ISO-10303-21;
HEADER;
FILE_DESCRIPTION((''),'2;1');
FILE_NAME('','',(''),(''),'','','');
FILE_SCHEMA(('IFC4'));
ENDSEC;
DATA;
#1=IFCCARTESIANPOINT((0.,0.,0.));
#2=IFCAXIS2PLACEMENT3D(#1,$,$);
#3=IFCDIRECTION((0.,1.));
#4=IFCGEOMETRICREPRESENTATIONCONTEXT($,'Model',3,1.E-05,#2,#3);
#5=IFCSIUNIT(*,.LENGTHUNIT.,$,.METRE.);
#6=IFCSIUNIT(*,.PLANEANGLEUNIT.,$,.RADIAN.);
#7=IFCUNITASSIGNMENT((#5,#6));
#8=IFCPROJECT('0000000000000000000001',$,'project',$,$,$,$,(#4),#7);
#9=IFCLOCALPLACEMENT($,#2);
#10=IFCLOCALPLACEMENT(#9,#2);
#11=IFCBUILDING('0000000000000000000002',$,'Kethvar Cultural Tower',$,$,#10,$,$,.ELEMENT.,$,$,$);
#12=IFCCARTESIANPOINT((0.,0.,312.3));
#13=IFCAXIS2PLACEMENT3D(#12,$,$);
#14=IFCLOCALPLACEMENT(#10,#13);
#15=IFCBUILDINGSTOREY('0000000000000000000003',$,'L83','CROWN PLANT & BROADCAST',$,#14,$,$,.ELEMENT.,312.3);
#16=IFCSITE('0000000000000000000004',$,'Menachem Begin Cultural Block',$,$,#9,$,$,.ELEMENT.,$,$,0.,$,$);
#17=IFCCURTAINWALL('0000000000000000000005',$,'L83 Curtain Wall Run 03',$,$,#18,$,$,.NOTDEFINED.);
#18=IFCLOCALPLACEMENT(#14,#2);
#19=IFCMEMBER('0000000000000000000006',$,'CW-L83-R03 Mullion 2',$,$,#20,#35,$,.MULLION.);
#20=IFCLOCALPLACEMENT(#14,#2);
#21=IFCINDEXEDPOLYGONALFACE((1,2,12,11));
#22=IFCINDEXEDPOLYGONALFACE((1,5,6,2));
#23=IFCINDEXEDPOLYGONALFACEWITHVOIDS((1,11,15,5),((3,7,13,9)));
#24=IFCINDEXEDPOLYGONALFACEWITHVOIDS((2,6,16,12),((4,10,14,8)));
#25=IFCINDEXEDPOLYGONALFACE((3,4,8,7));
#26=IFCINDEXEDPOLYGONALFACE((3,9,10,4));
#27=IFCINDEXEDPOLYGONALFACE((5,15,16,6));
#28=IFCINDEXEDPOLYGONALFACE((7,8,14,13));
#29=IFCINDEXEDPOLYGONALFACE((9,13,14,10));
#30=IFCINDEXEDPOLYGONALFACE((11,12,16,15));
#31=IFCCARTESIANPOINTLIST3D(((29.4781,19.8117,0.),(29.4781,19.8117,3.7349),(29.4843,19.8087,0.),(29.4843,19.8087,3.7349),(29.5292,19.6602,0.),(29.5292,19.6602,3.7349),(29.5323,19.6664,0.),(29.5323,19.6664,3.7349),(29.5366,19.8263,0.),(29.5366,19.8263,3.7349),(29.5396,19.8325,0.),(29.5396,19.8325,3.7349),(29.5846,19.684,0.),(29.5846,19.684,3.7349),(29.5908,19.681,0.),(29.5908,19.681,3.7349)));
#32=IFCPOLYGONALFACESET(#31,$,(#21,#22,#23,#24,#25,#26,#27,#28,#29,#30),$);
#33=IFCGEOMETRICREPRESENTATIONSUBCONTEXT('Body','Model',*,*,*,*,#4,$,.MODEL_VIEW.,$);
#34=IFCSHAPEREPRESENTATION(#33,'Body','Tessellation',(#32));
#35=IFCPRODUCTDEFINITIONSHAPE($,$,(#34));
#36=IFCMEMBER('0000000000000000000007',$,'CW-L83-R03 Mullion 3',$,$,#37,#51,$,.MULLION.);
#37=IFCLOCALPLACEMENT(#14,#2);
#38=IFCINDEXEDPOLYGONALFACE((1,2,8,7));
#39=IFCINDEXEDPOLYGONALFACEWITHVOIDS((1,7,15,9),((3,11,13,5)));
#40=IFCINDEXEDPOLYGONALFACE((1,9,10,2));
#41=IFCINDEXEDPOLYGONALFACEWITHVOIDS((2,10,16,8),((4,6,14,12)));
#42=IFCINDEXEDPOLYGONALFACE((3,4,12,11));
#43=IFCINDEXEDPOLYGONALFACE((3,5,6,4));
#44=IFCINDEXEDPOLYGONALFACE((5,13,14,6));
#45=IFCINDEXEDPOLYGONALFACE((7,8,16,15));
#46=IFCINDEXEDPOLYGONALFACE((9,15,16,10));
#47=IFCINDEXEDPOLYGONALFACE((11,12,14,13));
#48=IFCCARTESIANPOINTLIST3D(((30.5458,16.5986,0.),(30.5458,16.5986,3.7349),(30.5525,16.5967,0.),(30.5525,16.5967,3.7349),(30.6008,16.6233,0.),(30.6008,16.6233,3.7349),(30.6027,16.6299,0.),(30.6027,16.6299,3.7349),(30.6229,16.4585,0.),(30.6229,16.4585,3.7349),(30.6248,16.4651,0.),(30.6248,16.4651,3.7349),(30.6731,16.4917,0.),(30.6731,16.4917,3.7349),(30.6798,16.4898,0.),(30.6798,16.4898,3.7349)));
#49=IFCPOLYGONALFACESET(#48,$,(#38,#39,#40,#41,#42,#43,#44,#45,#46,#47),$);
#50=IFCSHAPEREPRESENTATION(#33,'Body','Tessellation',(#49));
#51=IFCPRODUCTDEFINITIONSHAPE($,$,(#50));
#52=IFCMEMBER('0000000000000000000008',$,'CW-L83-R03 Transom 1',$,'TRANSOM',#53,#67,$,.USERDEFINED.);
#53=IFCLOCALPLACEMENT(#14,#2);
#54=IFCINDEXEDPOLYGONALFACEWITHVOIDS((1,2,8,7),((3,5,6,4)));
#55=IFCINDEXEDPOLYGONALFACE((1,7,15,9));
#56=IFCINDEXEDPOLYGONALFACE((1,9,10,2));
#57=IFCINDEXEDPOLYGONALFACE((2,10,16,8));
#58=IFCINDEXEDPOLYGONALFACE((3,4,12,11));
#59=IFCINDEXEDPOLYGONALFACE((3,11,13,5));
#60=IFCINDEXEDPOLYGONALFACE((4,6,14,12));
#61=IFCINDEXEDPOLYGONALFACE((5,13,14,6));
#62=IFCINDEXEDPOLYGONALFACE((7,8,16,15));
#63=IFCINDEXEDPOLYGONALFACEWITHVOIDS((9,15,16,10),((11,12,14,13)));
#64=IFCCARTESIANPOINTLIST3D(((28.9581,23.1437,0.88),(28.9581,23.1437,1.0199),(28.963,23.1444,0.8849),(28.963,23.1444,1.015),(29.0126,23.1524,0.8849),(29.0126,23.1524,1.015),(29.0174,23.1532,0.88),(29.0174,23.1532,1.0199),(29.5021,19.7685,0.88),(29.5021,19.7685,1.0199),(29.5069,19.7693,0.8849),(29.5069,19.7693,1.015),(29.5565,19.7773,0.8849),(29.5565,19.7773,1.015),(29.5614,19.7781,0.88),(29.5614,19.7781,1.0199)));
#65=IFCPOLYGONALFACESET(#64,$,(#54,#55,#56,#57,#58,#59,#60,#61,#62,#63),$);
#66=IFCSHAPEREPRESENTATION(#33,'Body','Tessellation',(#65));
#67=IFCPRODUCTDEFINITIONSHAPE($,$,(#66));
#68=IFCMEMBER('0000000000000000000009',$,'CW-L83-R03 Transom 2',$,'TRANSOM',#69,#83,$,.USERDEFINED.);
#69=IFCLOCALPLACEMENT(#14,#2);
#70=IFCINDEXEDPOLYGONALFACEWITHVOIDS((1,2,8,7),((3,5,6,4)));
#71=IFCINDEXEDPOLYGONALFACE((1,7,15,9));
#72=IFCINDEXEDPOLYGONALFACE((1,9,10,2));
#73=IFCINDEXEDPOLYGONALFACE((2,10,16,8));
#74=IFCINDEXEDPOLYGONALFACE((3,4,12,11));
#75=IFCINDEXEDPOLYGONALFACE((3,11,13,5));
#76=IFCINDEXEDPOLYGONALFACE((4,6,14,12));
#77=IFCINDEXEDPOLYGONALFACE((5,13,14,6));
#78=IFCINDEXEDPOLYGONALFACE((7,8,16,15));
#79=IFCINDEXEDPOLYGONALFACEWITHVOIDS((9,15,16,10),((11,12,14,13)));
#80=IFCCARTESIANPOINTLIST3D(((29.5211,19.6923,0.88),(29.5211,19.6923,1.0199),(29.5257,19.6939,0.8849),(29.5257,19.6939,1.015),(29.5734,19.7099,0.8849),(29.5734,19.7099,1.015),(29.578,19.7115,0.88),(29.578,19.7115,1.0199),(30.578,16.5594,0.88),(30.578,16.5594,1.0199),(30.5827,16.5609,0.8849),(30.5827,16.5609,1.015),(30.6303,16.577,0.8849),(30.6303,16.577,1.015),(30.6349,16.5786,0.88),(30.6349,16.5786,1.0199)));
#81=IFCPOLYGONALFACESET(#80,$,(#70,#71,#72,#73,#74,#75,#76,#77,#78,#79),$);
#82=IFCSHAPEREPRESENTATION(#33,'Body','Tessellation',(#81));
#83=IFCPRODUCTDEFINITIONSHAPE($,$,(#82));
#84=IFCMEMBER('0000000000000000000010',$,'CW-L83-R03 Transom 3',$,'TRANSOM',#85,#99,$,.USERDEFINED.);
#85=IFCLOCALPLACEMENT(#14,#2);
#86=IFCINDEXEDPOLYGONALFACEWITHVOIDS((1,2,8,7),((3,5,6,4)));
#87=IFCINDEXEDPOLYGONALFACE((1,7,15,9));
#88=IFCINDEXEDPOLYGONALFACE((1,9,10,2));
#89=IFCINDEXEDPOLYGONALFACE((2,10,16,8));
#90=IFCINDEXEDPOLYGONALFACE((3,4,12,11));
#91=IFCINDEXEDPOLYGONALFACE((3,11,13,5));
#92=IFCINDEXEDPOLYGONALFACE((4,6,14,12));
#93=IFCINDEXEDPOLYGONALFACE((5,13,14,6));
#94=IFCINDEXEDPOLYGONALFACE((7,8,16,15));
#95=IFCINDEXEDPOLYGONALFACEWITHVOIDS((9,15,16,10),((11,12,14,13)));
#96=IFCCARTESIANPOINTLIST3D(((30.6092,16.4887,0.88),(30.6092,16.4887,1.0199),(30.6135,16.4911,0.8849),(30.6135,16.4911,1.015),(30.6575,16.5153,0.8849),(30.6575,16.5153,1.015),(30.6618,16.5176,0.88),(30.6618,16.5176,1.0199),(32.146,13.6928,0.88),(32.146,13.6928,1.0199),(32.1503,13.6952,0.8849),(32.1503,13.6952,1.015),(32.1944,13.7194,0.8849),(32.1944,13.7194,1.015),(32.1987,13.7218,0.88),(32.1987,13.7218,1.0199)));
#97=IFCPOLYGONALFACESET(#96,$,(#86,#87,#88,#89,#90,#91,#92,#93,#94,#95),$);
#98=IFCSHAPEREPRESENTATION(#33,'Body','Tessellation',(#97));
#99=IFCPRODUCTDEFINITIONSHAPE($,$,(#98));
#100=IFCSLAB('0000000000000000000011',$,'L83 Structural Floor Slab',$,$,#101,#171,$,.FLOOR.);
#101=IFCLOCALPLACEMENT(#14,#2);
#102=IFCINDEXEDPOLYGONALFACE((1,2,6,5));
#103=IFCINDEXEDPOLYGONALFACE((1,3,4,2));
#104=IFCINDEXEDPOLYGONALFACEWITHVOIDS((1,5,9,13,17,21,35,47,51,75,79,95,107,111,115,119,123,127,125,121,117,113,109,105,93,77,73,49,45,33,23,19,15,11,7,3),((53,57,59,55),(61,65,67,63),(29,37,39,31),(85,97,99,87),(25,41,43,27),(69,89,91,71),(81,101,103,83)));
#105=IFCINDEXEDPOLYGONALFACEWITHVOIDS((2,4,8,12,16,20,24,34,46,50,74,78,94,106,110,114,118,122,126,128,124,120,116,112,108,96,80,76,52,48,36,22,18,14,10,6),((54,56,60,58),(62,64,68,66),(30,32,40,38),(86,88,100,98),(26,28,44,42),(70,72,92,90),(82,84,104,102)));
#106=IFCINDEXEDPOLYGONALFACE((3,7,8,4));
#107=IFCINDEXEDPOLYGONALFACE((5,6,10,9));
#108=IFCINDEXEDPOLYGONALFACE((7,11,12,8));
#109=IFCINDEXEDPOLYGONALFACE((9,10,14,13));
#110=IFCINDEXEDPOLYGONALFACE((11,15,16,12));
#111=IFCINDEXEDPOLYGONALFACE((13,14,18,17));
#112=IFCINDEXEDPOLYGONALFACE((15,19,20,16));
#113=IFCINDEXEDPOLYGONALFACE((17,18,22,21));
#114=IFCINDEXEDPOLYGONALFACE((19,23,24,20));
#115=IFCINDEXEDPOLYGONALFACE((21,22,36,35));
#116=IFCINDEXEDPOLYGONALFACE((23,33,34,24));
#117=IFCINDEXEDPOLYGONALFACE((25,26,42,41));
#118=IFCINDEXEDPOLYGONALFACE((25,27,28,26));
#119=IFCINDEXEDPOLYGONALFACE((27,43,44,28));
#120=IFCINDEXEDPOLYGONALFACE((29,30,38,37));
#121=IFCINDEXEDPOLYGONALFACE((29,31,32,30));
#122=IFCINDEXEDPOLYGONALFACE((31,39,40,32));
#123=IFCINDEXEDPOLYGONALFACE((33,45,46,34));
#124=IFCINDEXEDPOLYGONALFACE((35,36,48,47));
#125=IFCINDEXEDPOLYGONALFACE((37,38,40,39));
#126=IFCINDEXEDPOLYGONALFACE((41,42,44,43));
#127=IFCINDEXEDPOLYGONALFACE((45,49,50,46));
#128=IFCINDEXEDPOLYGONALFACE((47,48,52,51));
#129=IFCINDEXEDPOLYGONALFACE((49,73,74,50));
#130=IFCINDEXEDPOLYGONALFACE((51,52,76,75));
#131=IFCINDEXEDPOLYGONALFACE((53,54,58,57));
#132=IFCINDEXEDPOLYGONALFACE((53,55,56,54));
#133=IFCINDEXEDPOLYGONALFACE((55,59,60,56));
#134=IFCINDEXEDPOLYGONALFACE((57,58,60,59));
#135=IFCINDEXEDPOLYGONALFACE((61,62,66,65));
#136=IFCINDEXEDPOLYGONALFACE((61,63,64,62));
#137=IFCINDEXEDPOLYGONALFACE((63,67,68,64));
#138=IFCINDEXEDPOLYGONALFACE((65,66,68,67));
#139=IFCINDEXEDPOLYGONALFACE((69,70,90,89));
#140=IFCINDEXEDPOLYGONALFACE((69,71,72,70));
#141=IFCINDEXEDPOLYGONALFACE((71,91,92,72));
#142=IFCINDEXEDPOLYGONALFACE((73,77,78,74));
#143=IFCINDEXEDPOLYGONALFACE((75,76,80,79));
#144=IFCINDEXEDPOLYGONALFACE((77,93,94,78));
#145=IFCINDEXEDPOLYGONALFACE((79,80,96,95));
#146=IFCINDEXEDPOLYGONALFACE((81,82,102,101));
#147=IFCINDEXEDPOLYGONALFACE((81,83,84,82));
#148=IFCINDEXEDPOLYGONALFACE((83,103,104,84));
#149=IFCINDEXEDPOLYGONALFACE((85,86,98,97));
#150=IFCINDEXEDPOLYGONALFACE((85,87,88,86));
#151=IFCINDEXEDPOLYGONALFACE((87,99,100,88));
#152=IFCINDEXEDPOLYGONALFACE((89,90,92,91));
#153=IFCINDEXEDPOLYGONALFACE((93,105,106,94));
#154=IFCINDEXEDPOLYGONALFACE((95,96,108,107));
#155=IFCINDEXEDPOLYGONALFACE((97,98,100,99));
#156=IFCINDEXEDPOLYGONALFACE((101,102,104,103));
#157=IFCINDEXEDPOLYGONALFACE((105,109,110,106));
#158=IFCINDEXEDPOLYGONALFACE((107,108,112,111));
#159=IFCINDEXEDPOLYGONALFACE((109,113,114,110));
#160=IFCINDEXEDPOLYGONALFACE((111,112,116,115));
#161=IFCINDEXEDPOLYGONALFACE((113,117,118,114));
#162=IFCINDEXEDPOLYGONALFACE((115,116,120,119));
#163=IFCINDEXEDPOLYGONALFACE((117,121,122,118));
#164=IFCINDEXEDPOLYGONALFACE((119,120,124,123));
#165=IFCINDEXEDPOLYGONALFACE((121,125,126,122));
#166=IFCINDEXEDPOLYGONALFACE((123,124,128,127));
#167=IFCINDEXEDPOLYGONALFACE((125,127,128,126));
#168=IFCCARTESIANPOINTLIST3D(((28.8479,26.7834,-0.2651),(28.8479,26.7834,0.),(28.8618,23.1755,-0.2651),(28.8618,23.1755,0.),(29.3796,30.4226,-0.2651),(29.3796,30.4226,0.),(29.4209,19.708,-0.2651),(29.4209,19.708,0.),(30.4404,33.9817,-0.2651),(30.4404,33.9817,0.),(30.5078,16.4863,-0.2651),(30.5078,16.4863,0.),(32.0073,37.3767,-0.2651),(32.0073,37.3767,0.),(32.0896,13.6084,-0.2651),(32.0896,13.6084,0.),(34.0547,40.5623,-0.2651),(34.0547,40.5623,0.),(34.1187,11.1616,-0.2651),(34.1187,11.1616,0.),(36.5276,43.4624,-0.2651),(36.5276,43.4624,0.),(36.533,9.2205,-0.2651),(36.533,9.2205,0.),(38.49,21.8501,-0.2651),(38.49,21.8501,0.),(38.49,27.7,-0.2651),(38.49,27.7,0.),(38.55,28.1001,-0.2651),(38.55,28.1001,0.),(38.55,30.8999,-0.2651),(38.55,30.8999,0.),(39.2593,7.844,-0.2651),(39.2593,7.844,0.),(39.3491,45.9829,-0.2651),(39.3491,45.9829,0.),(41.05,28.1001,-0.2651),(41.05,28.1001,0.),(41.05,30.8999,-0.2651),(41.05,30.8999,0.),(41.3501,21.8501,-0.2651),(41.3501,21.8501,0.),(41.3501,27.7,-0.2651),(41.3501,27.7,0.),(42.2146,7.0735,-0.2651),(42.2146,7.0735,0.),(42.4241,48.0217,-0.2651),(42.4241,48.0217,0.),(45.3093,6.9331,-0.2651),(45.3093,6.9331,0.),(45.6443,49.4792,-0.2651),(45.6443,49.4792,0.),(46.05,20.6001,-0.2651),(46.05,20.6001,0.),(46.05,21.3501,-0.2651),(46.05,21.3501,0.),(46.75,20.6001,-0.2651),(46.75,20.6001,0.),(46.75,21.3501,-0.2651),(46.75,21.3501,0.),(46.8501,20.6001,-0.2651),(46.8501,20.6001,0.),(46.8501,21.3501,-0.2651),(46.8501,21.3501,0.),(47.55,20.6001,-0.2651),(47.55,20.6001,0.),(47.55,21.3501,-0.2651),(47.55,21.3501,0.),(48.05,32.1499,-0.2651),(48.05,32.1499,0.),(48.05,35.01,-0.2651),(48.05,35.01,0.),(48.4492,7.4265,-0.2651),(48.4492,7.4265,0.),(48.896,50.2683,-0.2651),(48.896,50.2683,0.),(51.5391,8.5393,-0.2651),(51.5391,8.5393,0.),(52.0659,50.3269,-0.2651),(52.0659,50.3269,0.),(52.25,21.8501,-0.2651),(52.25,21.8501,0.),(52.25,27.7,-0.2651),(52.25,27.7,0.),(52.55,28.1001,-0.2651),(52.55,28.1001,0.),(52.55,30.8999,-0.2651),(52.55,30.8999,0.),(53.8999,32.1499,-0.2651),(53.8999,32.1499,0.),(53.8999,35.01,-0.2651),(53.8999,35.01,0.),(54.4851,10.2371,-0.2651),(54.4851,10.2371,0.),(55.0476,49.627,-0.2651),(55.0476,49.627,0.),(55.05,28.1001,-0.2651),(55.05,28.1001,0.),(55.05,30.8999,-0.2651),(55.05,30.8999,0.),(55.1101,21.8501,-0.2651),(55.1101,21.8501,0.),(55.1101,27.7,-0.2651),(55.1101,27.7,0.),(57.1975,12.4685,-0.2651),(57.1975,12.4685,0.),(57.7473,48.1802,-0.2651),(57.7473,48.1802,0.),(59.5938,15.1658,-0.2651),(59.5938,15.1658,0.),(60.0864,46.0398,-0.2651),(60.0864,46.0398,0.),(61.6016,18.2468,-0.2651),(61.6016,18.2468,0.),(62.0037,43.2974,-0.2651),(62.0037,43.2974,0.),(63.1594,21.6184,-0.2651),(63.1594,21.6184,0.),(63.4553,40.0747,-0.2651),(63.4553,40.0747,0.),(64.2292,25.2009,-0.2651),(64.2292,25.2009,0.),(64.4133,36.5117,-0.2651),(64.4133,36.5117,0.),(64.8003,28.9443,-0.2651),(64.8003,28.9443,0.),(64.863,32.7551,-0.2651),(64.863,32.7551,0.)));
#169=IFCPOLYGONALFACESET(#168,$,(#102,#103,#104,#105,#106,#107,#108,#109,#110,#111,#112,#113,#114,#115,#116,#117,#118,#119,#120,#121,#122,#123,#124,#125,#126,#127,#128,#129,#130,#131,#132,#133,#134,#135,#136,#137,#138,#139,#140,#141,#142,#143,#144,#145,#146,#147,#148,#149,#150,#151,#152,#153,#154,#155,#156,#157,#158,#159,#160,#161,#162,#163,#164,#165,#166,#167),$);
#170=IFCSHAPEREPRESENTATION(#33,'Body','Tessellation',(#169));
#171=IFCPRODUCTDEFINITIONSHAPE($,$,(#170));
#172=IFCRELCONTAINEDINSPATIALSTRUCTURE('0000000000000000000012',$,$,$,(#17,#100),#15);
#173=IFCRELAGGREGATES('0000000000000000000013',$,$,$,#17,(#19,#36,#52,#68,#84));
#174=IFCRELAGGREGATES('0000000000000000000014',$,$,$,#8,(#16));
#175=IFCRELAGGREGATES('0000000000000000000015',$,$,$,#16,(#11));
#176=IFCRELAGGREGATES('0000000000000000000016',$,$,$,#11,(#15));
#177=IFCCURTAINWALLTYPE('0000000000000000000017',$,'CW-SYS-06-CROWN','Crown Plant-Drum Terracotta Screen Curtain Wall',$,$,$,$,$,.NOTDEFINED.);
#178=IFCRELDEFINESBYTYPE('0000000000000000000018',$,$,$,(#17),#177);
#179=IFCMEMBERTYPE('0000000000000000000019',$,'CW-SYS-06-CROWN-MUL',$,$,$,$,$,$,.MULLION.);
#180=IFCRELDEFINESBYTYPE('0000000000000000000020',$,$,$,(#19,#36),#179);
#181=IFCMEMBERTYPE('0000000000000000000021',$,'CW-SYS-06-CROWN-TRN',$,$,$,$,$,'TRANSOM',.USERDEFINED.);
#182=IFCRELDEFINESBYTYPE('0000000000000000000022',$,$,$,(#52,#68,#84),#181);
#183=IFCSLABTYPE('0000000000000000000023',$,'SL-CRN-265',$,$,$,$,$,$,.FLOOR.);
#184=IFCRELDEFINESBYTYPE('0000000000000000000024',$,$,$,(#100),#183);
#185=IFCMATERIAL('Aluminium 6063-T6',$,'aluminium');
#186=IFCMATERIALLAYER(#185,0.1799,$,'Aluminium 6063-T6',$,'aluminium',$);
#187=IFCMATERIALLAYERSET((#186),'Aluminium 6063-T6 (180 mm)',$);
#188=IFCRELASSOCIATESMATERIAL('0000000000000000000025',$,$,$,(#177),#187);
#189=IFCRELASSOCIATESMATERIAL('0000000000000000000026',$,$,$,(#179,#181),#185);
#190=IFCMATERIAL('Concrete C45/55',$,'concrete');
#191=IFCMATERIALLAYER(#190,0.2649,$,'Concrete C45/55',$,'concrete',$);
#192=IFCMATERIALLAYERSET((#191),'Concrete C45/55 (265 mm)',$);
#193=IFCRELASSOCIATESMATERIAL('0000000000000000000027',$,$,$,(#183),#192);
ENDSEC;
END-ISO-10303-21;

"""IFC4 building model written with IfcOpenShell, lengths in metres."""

from ifc_helpers import new_model, si_unit, direction, frame, origin, origin_2d, place, context, subcontext, project, spatial, polyline, hollow_rectangle, outline, extrude, source, transform, mapped, material, layer, layer_set, material_profile, profile_set, type_object, element, aggregate, save


model = new_model("IFC4")

# Units and contexts
model_context = context("Model", 3, precision=1e-05, world=origin(), true_north=direction((0.0, 1.0)))
body_context = subcontext(model_context, "Body", "Model", "MODEL_VIEW")
ifc_project = project(units=[si_unit("LENGTHUNIT", "METRE"), si_unit("PLANEANGLEUNIT", "RADIAN")], contexts=[model_context])

# Site, building, storey
site_placement = place(None, origin())
site = spatial("IfcSite", under=ifc_project, at=site_placement, Name="Menachem Begin Cultural Block", CompositionType="ELEMENT", RefElevation=0.0)
building_placement = place(site_placement, origin())
building = spatial("IfcBuilding", under=site, at=building_placement, Name="Kethvar Cultural Tower", CompositionType="ELEMENT")
storey_placement = place(building_placement, frame((0.0, 0.0, 312.3)))
storey = spatial("IfcBuildingStorey", under=building, at=storey_placement, Name="L83", Description="CROWN PLANT & BROADCAST", CompositionType="ELEMENT", Elevation=312.3)

# Shared definitions
ifc_material_1 = material(Name="Aluminium 6063-T6", Category="aluminium")
ifc_layer_1 = layer(ifc_material_1, 0.1799, Name="Aluminium 6063-T6", Category="aluminium")
ifc_layer_set_1 = layer_set([ifc_layer_1], Name="Aluminium 6063-T6 (180 mm)")
curtain_wall_type = type_object("IfcCurtainWallType", Name="CW-SYS-06-CROWN", Description="Crown Plant-Drum Terracotta Screen Curtain Wall", PredefinedType="NOTDEFINED", material=ifc_layer_set_1)
ifc_material_profile_1 = material_profile(ifc_material_1, hollow_rectangle(XDim=0.0649, YDim=0.1599, WallThickness=0.0049, at=origin_2d()), Name="Aluminium 6063-T6 — RHS160x65x5")
ifc_profile_set_1 = profile_set([ifc_material_profile_1], Name="Aluminium 6063-T6 — RHS160x65x5")
member_type_1 = type_object("IfcMemberType", Name="CW-SYS-06-CROWN-MUL", PredefinedType="MULLION", material=ifc_profile_set_1)
shared_shape_1 = source(origin(), body_context, "Body", "SweptSolid", [
    extrude(hollow_rectangle(XDim=0.0649, YDim=0.1599, WallThickness=0.0049, at=origin_2d()), origin(), (0.0, 0.0, 1.0), 3.7349),
])

# Curtain wall, members
curtain_wall_1_placement = place(storey_placement, origin())
curtain_wall_1 = element("IfcCurtainWall", 1, at=curtain_wall_1_placement, inside=storey, type_object=curtain_wall_type, Name="L83 Curtain Wall Run 03", PredefinedType="NOTDEFINED")
member_1_placement = place(storey_placement, frame((29.5344, 19.7463, 0.0), z_axis=(0.0, 0.0, 1.0), x_axis=(0.947529, 0.319671, 0.0)))
member_1 = element("IfcMember", 2, at=member_1_placement, type_object=member_type_1, Name="CW-L83-R03 Mullion 2", PredefinedType="MULLION", context=body_context, shape_type="MappedRepresentation", body=[
    mapped(shared_shape_1, transform((0.0, 0.0, 0.0), scale=1.0)),
])
member_2_placement = place(storey_placement, frame((30.6128, 16.5442, 0.0), z_axis=(0.0, 0.0, 1.0), x_axis=(0.876323, 0.481723, 0.0)))
member_2 = element("IfcMember", 3, at=member_2_placement, type_object=member_type_1, Name="CW-L83-R03 Mullion 3", PredefinedType="MULLION", context=body_context, shape_type="MappedRepresentation", body=[
    mapped(shared_shape_1, transform((0.0, 0.0, 0.0), scale=1.0)),
])
ifc_material_profile_2 = material_profile(ifc_material_1, hollow_rectangle(XDim=0.0601, YDim=0.1399, WallThickness=0.0049, at=origin_2d()), Name="Aluminium 6063-T6 — RHS140x60x5")
ifc_profile_set_2 = profile_set([ifc_material_profile_2], Name="Aluminium 6063-T6 — RHS140x60x5")
member_type_2 = type_object("IfcMemberType", Name="CW-SYS-06-CROWN-TRN", ElementType="TRANSOM", PredefinedType="USERDEFINED", material=ifc_profile_set_2)
shared_shape_2 = source(origin(), body_context, "Body", "SweptSolid", [
    extrude(hollow_rectangle(XDim=0.0601, YDim=0.1399, WallThickness=0.0049, at=origin_2d()), origin(), (0.0, 0.0, 1.0), 3.4187),
])
member_3_placement = place(storey_placement, frame((28.9878, 23.1484, 0.95), z_axis=(0.159104, -0.987262, 0.0), x_axis=(0.987262, 0.159104, 0.0)))
member_3 = element("IfcMember", 4, at=member_3_placement, type_object=member_type_2, Name="CW-L83-R03 Transom 1", ObjectType="TRANSOM", PredefinedType="USERDEFINED", context=body_context, shape_type="MappedRepresentation", body=[
    mapped(shared_shape_2, transform((0.0, 0.0, 0.0), scale=1.0)),
])
shared_shape_3 = source(origin(), body_context, "Body", "SweptSolid", [
    extrude(hollow_rectangle(XDim=0.0601, YDim=0.1399, WallThickness=0.0049, at=origin_2d()), origin(), (0.0, 0.0, 1.0), 3.3064),
])
member_4_placement = place(storey_placement, frame((29.5496, 19.7019, 0.95), z_axis=(0.319659, -0.947533, 0.0), x_axis=(0.947533, 0.319659, 0.0)))
member_4 = element("IfcMember", 5, at=member_4_placement, type_object=member_type_2, Name="CW-L83-R03 Transom 2", ObjectType="TRANSOM", PredefinedType="USERDEFINED", context=body_context, shape_type="MappedRepresentation", body=[
    mapped(shared_shape_3, transform((0.0, 0.0, 0.0), scale=1.0)),
])
shared_shape_4 = source(origin(), body_context, "Body", "SweptSolid", [
    extrude(hollow_rectangle(XDim=0.0601, YDim=0.1399, WallThickness=0.0049, at=origin_2d()), origin(), (0.0, 0.0, 1.0), 3.1904),
])
member_5_placement = place(storey_placement, frame((30.6355, 16.5032, 0.95), z_axis=(0.481707, -0.876332, 0.0), x_axis=(0.876332, 0.481707, 0.0)))
member_5 = element("IfcMember", 6, at=member_5_placement, type_object=member_type_2, Name="CW-L83-R03 Transom 3", ObjectType="TRANSOM", PredefinedType="USERDEFINED", context=body_context, shape_type="MappedRepresentation", body=[
    mapped(shared_shape_4, transform((0.0, 0.0, 0.0), scale=1.0)),
])

# Slab
ifc_material_2 = material(Name="Concrete C45/55", Category="concrete")
ifc_layer_2 = layer(ifc_material_2, 0.2649, Name="Concrete C45/55", Category="concrete")
ifc_layer_set_2 = layer_set([ifc_layer_2], Name="Concrete C45/55 (265 mm)")
slab_type_1 = type_object("IfcSlabType", Name="SL-CRN-265", PredefinedType="FLOOR", material=ifc_layer_set_2)
slab_1_placement = place(storey_placement, frame((0.0, 0.0, -0.2651)))
element("IfcSlab", 7, at=slab_1_placement, inside=storey, type_object=slab_type_1, Name="L83 Structural Floor Slab", PredefinedType="FLOOR", context=body_context, shape_type="SweptSolid", body=[
    extrude(outline(polyline([(55.0476, 49.627), (52.0659, 50.3269), (48.896, 50.2683), (45.6443, 49.4792), (42.4241, 48.0217), (39.3491, 45.9829), (36.5276, 43.4624), (34.0547, 40.5623), (32.0073, 37.3767), (30.4404, 33.9817), (29.3796, 30.4226), (28.8479, 26.7834), (28.8618, 23.1755), (29.4209, 19.708), (30.5078, 16.4863), (32.0896, 13.6084), (34.1187, 11.1616), (36.533, 9.2205), (39.2593, 7.844), (42.2146, 7.0735), (45.3093, 6.9331), (48.4492, 7.4265), (51.5391, 8.5393), (54.4851, 10.2371), (57.1975, 12.4685), (59.5938, 15.1658), (61.6016, 18.2468), (63.1594, 21.6184), (64.2292, 25.2009), (64.8003, 28.9443), (64.863, 32.7551), (64.4133, 36.5117), (63.4553, 40.0747), (62.0037, 43.2974), (60.0864, 46.0398), (57.7473, 48.1802), (55.0476, 49.627)]), holes=[polyline([(38.49, 21.8501), (38.49, 27.7), (41.3501, 27.7), (41.3501, 21.8501), (38.49, 21.8501)]), polyline([(52.25, 21.8501), (52.25, 27.7), (55.1101, 27.7), (55.1101, 21.8501), (52.25, 21.8501)]), polyline([(53.8999, 32.1499), (48.05, 32.1499), (48.05, 35.01), (53.8999, 35.01), (53.8999, 32.1499)]), polyline([(38.55, 30.8999), (41.05, 30.8999), (41.05, 28.1001), (38.55, 28.1001), (38.55, 30.8999)]), polyline([(52.55, 30.8999), (55.05, 30.8999), (55.05, 28.1001), (52.55, 28.1001), (52.55, 30.8999)]), polyline([(46.05, 21.3501), (46.75, 21.3501), (46.75, 20.6001), (46.05, 20.6001), (46.05, 21.3501)]), polyline([(46.8501, 21.3501), (47.55, 21.3501), (47.55, 20.6001), (46.8501, 20.6001), (46.8501, 21.3501)])]), origin(), (0.0, 0.0, 1.0), 0.2651),
])

aggregate(curtain_wall_1, [member_1, member_2, member_3, member_4, member_5])

save(model, "model.ifc")
